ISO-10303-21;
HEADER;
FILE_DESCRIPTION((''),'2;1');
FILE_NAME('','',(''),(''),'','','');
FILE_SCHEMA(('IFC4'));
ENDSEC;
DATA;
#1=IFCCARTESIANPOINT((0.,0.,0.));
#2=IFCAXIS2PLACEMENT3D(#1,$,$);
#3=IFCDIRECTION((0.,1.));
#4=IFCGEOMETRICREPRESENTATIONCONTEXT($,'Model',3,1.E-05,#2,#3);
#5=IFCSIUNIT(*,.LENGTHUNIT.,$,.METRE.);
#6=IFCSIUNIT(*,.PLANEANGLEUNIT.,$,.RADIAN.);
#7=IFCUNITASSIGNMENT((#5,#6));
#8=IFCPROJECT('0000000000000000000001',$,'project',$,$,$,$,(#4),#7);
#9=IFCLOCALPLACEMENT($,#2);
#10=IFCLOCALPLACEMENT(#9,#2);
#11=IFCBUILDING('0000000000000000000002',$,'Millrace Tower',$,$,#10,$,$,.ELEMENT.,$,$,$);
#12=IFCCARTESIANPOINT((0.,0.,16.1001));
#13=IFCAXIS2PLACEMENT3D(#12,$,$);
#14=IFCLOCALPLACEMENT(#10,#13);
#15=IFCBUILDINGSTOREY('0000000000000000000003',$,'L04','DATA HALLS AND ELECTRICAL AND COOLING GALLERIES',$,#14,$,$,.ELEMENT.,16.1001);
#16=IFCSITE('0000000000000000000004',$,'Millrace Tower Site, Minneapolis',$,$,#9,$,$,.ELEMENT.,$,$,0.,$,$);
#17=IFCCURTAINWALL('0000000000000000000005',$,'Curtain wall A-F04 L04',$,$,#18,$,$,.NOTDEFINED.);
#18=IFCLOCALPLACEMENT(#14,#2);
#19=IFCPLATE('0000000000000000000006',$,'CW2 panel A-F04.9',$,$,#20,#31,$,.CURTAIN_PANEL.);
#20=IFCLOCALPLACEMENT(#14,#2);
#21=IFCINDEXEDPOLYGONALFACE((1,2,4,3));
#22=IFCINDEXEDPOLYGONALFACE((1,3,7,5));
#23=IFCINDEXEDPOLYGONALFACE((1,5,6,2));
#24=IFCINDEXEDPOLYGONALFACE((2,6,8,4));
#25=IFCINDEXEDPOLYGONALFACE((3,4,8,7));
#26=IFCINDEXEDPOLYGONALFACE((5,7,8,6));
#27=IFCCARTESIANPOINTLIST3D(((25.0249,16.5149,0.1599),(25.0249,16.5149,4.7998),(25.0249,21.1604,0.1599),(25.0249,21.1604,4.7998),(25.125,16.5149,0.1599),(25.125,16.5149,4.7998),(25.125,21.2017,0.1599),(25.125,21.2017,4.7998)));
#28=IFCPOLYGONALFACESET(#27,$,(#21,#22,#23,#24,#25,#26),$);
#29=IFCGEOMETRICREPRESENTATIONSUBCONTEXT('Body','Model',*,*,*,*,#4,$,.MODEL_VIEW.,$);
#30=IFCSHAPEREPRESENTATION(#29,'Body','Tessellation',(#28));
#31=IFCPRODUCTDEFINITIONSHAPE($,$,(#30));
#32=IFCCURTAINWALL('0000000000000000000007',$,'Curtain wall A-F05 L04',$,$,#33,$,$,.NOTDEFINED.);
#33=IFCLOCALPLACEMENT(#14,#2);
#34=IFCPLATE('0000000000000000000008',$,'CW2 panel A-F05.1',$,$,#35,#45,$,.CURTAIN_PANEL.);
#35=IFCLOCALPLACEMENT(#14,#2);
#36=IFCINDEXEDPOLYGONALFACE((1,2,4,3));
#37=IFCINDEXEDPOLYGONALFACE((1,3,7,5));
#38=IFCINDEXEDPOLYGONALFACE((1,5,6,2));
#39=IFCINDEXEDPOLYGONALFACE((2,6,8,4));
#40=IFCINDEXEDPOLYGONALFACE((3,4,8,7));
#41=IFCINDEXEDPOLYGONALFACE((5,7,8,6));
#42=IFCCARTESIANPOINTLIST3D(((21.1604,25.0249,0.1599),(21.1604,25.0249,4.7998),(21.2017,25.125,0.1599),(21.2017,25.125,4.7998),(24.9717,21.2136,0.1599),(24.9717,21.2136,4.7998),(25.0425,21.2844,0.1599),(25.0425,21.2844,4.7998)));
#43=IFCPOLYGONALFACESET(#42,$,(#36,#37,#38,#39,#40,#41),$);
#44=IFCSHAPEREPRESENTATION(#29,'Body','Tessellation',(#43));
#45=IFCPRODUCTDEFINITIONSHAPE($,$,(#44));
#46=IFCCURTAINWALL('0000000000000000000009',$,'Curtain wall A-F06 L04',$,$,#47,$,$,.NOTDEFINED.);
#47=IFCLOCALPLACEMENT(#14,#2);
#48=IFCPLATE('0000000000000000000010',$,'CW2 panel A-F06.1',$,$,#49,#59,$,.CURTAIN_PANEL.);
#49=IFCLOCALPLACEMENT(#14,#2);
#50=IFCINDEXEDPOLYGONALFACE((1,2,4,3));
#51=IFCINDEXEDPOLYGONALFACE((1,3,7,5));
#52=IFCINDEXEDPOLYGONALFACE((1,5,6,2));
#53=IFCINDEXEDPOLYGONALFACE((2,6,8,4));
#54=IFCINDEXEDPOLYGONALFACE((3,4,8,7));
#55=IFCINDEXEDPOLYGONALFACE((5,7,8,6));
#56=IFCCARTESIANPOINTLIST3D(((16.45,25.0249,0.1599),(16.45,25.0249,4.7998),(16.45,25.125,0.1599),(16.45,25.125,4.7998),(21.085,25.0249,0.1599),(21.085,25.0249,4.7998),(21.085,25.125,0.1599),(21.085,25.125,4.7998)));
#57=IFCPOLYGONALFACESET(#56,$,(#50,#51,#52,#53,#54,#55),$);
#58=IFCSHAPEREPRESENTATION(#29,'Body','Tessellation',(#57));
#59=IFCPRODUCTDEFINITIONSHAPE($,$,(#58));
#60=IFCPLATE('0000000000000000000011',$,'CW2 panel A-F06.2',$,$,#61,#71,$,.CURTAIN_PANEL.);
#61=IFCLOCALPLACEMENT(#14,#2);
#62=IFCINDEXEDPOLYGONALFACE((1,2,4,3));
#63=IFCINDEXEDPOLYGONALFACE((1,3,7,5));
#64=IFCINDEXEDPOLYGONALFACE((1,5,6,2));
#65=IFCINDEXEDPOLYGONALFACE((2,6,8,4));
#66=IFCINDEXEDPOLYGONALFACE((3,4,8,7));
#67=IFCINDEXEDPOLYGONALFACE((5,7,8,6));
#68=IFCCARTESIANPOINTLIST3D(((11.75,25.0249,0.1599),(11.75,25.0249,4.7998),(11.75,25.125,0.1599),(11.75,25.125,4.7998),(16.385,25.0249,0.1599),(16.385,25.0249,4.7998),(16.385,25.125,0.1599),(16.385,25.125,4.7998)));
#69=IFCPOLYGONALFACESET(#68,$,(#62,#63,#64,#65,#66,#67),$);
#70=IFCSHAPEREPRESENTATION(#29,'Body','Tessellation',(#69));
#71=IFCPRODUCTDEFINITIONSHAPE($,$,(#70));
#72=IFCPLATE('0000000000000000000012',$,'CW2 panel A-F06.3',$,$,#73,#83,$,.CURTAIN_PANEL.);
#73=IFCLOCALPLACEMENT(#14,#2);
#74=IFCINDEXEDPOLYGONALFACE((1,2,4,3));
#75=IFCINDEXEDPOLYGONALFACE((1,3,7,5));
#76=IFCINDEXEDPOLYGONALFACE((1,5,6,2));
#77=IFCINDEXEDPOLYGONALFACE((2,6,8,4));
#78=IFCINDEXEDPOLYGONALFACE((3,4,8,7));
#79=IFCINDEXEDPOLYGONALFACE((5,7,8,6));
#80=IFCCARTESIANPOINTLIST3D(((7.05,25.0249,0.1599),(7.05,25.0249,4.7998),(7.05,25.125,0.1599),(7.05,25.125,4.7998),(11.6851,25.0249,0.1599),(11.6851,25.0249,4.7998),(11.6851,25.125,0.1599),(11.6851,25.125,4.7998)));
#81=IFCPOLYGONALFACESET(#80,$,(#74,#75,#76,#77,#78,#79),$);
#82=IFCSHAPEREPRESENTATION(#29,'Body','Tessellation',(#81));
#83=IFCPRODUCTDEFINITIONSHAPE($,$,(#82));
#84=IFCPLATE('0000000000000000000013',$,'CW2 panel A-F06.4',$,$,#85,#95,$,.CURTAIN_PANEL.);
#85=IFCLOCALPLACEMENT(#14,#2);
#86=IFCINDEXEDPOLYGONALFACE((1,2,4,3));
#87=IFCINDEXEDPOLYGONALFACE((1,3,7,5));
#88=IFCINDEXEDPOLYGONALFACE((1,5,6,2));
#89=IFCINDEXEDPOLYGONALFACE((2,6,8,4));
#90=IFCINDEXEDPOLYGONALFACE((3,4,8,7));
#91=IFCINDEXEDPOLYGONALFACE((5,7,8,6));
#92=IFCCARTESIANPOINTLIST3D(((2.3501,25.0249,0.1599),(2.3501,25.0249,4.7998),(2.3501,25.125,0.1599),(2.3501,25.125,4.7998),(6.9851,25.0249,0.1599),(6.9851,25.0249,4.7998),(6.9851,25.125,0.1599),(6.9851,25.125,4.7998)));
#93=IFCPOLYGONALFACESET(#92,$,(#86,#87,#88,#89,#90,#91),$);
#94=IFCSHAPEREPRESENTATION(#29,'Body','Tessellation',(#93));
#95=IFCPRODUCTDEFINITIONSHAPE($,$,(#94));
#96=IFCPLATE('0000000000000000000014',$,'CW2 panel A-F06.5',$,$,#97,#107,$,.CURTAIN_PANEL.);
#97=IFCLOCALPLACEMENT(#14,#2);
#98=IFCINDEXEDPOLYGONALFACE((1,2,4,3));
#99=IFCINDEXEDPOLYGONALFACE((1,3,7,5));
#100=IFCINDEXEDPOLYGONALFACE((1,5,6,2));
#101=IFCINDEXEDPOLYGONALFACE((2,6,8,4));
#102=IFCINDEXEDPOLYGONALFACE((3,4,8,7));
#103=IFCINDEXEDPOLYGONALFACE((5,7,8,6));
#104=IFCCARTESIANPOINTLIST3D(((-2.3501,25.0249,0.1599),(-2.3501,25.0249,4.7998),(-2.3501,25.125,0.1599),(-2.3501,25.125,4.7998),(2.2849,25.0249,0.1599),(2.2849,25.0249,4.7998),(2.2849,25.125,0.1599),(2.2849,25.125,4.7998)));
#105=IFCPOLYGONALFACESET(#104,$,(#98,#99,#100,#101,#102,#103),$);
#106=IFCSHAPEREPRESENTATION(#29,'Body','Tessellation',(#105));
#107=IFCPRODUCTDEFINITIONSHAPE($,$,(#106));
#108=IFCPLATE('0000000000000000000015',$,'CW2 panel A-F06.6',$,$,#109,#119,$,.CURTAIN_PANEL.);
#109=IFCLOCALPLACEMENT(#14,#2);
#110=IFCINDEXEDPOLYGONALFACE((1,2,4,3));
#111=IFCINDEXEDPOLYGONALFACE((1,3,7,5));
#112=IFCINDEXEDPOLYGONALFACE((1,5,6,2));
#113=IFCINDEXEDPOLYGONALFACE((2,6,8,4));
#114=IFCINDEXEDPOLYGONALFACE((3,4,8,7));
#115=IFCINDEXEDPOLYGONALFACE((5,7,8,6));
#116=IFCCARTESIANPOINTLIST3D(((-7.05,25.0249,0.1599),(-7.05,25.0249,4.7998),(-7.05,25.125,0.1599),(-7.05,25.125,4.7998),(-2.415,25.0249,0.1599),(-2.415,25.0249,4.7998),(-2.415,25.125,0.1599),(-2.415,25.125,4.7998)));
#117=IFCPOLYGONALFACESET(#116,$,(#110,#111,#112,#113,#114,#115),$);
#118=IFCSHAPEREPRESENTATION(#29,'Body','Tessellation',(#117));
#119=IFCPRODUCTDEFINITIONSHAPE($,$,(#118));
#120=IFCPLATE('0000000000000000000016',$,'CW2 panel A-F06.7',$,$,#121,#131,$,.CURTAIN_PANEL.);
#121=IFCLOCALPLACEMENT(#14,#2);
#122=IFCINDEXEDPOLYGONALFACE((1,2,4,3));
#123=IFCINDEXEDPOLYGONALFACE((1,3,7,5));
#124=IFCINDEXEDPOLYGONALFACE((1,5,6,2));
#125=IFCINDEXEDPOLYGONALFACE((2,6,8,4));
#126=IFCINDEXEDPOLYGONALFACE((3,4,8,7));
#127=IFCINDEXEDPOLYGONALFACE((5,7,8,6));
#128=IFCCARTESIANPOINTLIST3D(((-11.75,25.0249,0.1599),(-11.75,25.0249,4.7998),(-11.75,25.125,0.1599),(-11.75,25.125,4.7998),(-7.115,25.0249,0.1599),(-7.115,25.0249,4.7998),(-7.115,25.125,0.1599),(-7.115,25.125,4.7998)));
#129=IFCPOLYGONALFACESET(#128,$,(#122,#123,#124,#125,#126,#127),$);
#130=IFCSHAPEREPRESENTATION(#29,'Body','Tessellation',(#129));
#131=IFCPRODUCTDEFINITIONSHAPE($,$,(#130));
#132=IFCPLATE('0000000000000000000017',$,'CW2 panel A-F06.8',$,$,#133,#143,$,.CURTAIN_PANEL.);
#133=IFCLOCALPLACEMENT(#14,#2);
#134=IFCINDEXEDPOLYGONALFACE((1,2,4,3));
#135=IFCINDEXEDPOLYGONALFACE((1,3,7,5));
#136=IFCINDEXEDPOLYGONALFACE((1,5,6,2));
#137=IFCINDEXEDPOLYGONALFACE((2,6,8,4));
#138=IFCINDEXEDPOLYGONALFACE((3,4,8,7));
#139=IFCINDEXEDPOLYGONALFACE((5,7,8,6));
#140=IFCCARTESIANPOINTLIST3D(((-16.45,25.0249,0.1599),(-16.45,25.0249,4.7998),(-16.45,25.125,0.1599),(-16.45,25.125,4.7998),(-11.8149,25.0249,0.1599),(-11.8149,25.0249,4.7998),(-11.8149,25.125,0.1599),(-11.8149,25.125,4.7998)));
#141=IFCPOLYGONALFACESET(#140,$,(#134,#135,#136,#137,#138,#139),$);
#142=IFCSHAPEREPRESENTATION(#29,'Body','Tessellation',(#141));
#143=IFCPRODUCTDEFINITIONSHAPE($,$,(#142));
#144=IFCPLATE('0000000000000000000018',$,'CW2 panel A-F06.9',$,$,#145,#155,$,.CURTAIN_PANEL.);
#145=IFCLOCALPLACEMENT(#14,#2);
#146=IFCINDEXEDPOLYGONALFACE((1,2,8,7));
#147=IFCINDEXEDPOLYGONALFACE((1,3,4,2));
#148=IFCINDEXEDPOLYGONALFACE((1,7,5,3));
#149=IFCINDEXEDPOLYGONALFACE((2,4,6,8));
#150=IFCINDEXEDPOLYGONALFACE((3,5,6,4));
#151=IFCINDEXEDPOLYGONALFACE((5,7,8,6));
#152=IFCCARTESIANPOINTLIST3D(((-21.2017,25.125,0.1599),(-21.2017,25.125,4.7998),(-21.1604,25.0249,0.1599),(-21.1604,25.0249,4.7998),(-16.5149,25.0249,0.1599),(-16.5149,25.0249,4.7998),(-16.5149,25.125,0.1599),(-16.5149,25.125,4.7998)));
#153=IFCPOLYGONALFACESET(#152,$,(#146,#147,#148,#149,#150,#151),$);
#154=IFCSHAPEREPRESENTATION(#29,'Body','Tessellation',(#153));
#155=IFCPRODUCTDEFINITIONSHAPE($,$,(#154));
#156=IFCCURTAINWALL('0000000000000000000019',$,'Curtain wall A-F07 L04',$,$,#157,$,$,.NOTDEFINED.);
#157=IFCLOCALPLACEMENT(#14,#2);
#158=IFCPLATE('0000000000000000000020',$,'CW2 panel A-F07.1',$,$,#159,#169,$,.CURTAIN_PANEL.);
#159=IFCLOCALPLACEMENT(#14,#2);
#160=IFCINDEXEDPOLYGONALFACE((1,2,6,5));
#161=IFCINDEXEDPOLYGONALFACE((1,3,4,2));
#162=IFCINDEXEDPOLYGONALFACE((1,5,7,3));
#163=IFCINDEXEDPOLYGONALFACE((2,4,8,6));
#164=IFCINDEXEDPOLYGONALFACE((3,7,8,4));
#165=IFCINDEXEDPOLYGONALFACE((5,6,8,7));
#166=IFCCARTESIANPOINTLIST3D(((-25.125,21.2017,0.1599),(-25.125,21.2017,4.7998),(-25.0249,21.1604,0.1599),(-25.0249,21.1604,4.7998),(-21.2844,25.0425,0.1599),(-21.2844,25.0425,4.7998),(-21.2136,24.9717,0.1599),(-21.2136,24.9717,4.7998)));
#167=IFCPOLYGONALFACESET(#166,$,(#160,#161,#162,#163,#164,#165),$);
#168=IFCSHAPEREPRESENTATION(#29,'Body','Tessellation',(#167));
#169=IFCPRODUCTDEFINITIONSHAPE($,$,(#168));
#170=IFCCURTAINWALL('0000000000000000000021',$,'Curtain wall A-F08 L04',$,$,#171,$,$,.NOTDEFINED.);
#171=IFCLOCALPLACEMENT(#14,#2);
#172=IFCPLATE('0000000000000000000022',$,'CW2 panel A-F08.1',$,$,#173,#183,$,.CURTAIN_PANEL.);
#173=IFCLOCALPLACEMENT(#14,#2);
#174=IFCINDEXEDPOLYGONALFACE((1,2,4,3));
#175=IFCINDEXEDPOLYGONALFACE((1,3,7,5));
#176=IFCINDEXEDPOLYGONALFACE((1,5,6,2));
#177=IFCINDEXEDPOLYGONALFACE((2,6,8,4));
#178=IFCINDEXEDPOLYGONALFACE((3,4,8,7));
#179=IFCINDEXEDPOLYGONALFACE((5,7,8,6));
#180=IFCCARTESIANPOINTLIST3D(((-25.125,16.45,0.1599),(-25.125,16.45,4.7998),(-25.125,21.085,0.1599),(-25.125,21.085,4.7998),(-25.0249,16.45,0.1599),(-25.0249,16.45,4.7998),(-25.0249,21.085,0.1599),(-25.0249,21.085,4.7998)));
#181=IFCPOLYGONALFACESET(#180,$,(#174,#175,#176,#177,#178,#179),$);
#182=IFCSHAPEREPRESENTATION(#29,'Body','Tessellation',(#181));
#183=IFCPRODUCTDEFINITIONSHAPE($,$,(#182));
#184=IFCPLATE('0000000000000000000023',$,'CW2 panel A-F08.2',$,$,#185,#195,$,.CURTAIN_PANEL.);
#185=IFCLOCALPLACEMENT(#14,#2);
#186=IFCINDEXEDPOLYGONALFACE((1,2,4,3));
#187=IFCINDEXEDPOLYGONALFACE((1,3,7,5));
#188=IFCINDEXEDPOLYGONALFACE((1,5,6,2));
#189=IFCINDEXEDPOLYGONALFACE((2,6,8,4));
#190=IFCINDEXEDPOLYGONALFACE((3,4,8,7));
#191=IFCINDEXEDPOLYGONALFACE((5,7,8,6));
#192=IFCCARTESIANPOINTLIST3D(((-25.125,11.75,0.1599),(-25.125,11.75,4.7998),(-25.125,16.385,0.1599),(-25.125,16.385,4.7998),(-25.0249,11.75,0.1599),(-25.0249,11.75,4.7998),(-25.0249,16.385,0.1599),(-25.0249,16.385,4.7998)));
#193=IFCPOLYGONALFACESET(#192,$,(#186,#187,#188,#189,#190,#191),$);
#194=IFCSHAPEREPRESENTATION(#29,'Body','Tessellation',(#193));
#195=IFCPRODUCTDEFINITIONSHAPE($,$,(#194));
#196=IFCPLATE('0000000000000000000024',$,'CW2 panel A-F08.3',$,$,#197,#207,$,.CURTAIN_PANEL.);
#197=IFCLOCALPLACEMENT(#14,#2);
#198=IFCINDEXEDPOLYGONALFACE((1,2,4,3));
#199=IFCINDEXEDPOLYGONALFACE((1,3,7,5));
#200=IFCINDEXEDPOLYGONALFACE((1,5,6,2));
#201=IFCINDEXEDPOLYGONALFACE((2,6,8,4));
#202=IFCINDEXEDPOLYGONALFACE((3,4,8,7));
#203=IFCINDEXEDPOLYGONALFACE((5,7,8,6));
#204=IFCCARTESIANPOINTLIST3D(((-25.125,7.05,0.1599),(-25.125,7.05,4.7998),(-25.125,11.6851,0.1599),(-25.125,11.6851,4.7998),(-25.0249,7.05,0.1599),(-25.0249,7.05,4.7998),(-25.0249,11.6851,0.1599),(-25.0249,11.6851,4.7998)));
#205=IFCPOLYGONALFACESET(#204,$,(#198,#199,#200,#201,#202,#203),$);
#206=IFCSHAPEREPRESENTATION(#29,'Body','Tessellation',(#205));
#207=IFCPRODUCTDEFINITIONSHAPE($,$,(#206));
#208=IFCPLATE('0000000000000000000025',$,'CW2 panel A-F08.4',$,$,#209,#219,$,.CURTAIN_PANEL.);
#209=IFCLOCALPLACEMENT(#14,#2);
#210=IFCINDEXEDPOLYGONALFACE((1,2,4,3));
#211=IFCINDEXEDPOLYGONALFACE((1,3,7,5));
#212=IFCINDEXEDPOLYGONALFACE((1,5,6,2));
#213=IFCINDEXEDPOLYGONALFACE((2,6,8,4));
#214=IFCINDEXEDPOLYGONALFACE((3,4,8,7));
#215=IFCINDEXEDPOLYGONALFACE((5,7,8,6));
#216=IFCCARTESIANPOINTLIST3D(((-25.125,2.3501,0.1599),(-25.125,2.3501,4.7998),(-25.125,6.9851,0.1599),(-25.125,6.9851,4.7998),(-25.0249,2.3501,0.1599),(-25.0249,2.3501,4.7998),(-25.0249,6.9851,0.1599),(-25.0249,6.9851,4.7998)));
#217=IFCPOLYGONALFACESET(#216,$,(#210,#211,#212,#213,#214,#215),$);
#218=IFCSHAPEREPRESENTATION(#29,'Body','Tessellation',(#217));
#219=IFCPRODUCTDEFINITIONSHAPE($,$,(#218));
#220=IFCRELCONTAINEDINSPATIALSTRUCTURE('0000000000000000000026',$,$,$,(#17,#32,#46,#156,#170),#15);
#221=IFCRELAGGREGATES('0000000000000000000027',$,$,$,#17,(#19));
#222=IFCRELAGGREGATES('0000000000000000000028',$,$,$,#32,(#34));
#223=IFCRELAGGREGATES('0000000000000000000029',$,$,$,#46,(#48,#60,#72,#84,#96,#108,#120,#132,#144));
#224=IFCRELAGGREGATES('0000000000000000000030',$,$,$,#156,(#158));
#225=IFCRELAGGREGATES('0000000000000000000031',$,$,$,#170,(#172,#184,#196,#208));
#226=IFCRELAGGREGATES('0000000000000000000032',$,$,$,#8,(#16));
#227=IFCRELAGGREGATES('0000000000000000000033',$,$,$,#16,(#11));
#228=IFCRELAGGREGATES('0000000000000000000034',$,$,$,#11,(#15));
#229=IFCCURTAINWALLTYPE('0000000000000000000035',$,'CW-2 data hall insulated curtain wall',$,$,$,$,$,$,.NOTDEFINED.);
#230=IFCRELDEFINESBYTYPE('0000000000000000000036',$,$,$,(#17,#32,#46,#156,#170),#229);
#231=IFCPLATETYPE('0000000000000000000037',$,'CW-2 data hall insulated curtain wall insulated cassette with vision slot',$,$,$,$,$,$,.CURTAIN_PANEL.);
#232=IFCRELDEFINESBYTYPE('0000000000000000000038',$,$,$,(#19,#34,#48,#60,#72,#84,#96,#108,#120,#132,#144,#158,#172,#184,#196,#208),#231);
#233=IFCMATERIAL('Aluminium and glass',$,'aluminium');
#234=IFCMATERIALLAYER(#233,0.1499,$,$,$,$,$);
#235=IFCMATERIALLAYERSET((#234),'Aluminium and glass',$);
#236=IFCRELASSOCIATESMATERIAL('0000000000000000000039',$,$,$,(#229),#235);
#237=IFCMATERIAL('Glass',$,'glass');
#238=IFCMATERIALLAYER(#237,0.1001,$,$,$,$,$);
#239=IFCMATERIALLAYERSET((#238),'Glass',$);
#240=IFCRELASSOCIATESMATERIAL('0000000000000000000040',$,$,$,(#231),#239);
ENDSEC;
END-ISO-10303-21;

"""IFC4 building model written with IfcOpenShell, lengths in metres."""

from ifc_helpers import new_model, si_unit, direction, frame, origin, place, context, subcontext, project, spatial, polyline, outline, extrude, material, layer, layer_set, type_object, element, aggregate, save


model = new_model("IFC4")

# Units and contexts
model_context = context("Model", 3, precision=1e-05, world=origin(), true_north=direction((0.0, 1.0)))
body_context = subcontext(model_context, "Body", "Model", "MODEL_VIEW")
ifc_project = project(units=[si_unit("LENGTHUNIT", "METRE"), si_unit("PLANEANGLEUNIT", "RADIAN")], contexts=[model_context])

# Site, building, storey
site_placement = place(None, origin())
site = spatial("IfcSite", under=ifc_project, at=site_placement, Name="Millrace Tower Site, Minneapolis", CompositionType="ELEMENT", RefElevation=0.0)
building_placement = place(site_placement, origin())
building = spatial("IfcBuilding", under=site, at=building_placement, Name="Millrace Tower", CompositionType="ELEMENT")
storey_placement = place(building_placement, frame((0.0, 0.0, 16.1001)))
storey = spatial("IfcBuildingStorey", under=building, at=storey_placement, Name="L04", Description="DATA HALLS AND ELECTRICAL AND COOLING GALLERIES", CompositionType="ELEMENT", Elevation=16.1001)

# Curtain walls, plates
ifc_material_1 = material(Name="Aluminium and glass", Category="aluminium")
ifc_layer_1 = layer(ifc_material_1, 0.1499)
ifc_layer_set_1 = layer_set([ifc_layer_1], Name="Aluminium and glass")
curtain_wall_type = type_object("IfcCurtainWallType", Name="CW-2 data hall insulated curtain wall", PredefinedType="NOTDEFINED", material=ifc_layer_set_1)
placement_1 = place(storey_placement, origin())
curtain_wall_1 = element("IfcCurtainWall", 1, at=placement_1, inside=storey, type_object=curtain_wall_type, Name="Curtain wall A-F04 L04", PredefinedType="NOTDEFINED")
ifc_material_2 = material(Name="Glass", Category="glass")
ifc_layer_2 = layer(ifc_material_2, 0.1001)
ifc_layer_set_2 = layer_set([ifc_layer_2], Name="Glass")
plate_type = type_object("IfcPlateType", Name="CW-2 data hall insulated curtain wall insulated cassette with vision slot", PredefinedType="CURTAIN_PANEL", material=ifc_layer_set_2)
placement_2 = place(storey_placement, frame((0.0, 0.0, 0.1599)))
plate_1 = element("IfcPlate", 2, at=placement_2, type_object=plate_type, Name="CW2 panel A-F04.9", PredefinedType="CURTAIN_PANEL", context=body_context, shape_type="SweptSolid", body=[
    extrude(outline(polyline([(25.125, 16.5149), (25.125, 21.2017), (25.0249, 21.1604), (25.0249, 16.5149), (25.125, 16.5149)])), origin(), (0.0, 0.0, 1.0), 4.6399),
])
aggregate(curtain_wall_1, [plate_1])
curtain_wall_2 = element("IfcCurtainWall", 3, at=placement_1, inside=storey, type_object=curtain_wall_type, Name="Curtain wall A-F05 L04", PredefinedType="NOTDEFINED")
plate_2 = element("IfcPlate", 4, at=placement_2, type_object=plate_type, Name="CW2 panel A-F05.1", PredefinedType="CURTAIN_PANEL", context=body_context, shape_type="SweptSolid", body=[
    extrude(outline(polyline([(25.0425, 21.2844), (21.2017, 25.125), (21.1604, 25.0249), (24.9717, 21.2136), (25.0425, 21.2844)])), origin(), (0.0, 0.0, 1.0), 4.6399),
])
aggregate(curtain_wall_2, [plate_2])

# Curtain wall, plates
curtain_wall_3 = element("IfcCurtainWall", 5, at=placement_1, inside=storey, type_object=curtain_wall_type, Name="Curtain wall A-F06 L04", PredefinedType="NOTDEFINED")
plate_3 = element("IfcPlate", 6, at=placement_2, type_object=plate_type, Name="CW2 panel A-F06.1", PredefinedType="CURTAIN_PANEL", context=body_context, shape_type="SweptSolid", body=[
    extrude(outline(polyline([(21.085, 25.125), (16.45, 25.125), (16.45, 25.0249), (21.085, 25.0249), (21.085, 25.125)])), origin(), (0.0, 0.0, 1.0), 4.6399),
])
plate_4 = element("IfcPlate", 7, at=placement_2, type_object=plate_type, Name="CW2 panel A-F06.2", PredefinedType="CURTAIN_PANEL", context=body_context, shape_type="SweptSolid", body=[
    extrude(outline(polyline([(16.385, 25.125), (11.75, 25.125), (11.75, 25.0249), (16.385, 25.0249), (16.385, 25.125)])), origin(), (0.0, 0.0, 1.0), 4.6399),
])
plate_5 = element("IfcPlate", 8, at=placement_2, type_object=plate_type, Name="CW2 panel A-F06.3", PredefinedType="CURTAIN_PANEL", context=body_context, shape_type="SweptSolid", body=[
    extrude(outline(polyline([(11.6851, 25.125), (7.05, 25.125), (7.05, 25.0249), (11.6851, 25.0249), (11.6851, 25.125)])), origin(), (0.0, 0.0, 1.0), 4.6399),
])
plate_6 = element("IfcPlate", 9, at=placement_2, type_object=plate_type, Name="CW2 panel A-F06.4", PredefinedType="CURTAIN_PANEL", context=body_context, shape_type="SweptSolid", body=[
    extrude(outline(polyline([(6.9851, 25.125), (2.3501, 25.125), (2.3501, 25.0249), (6.9851, 25.0249), (6.9851, 25.125)])), origin(), (0.0, 0.0, 1.0), 4.6399),
])
plate_7 = element("IfcPlate", 10, at=placement_2, type_object=plate_type, Name="CW2 panel A-F06.5", PredefinedType="CURTAIN_PANEL", context=body_context, shape_type="SweptSolid", body=[
    extrude(outline(polyline([(2.2849, 25.125), (-2.3501, 25.125), (-2.3501, 25.0249), (2.2849, 25.0249), (2.2849, 25.125)])), origin(), (0.0, 0.0, 1.0), 4.6399),
])
plate_8 = element("IfcPlate", 11, at=placement_2, type_object=plate_type, Name="CW2 panel A-F06.6", PredefinedType="CURTAIN_PANEL", context=body_context, shape_type="SweptSolid", body=[
    extrude(outline(polyline([(-2.415, 25.125), (-7.05, 25.125), (-7.05, 25.0249), (-2.415, 25.0249), (-2.415, 25.125)])), origin(), (0.0, 0.0, 1.0), 4.6399),
])
plate_9 = element("IfcPlate", 12, at=placement_2, type_object=plate_type, Name="CW2 panel A-F06.7", PredefinedType="CURTAIN_PANEL", context=body_context, shape_type="SweptSolid", body=[
    extrude(outline(polyline([(-7.115, 25.125), (-11.75, 25.125), (-11.75, 25.0249), (-7.115, 25.0249), (-7.115, 25.125)])), origin(), (0.0, 0.0, 1.0), 4.6399),
])
plate_10 = element("IfcPlate", 13, at=placement_2, type_object=plate_type, Name="CW2 panel A-F06.8", PredefinedType="CURTAIN_PANEL", context=body_context, shape_type="SweptSolid", body=[
    extrude(outline(polyline([(-11.8149, 25.125), (-16.45, 25.125), (-16.45, 25.0249), (-11.8149, 25.0249), (-11.8149, 25.125)])), origin(), (0.0, 0.0, 1.0), 4.6399),
])
plate_11 = element("IfcPlate", 14, at=placement_2, type_object=plate_type, Name="CW2 panel A-F06.9", PredefinedType="CURTAIN_PANEL", context=body_context, shape_type="SweptSolid", body=[
    extrude(outline(polyline([(-16.5149, 25.125), (-21.2017, 25.125), (-21.1604, 25.0249), (-16.5149, 25.0249), (-16.5149, 25.125)])), origin(), (0.0, 0.0, 1.0), 4.6399),
])
aggregate(curtain_wall_3, [plate_3, plate_4, plate_5, plate_6, plate_7, plate_8, plate_9, plate_10, plate_11])

# Curtain wall, plate
curtain_wall_4 = element("IfcCurtainWall", 15, at=placement_1, inside=storey, type_object=curtain_wall_type, Name="Curtain wall A-F07 L04", PredefinedType="NOTDEFINED")
plate_12 = element("IfcPlate", 16, at=placement_2, type_object=plate_type, Name="CW2 panel A-F07.1", PredefinedType="CURTAIN_PANEL", context=body_context, shape_type="SweptSolid", body=[
    extrude(outline(polyline([(-21.2844, 25.0425), (-25.125, 21.2017), (-25.0249, 21.1604), (-21.2136, 24.9717), (-21.2844, 25.0425)])), origin(), (0.0, 0.0, 1.0), 4.6399),
])
aggregate(curtain_wall_4, [plate_12])

# Curtain wall, plates
curtain_wall_5 = element("IfcCurtainWall", 17, at=placement_1, inside=storey, type_object=curtain_wall_type, Name="Curtain wall A-F08 L04", PredefinedType="NOTDEFINED")
plate_13 = element("IfcPlate", 18, at=placement_2, type_object=plate_type, Name="CW2 panel A-F08.1", PredefinedType="CURTAIN_PANEL", context=body_context, shape_type="SweptSolid", body=[
    extrude(outline(polyline([(-25.125, 21.085), (-25.125, 16.45), (-25.0249, 16.45), (-25.0249, 21.085), (-25.125, 21.085)])), origin(), (0.0, 0.0, 1.0), 4.6399),
])
plate_14 = element("IfcPlate", 19, at=placement_2, type_object=plate_type, Name="CW2 panel A-F08.2", PredefinedType="CURTAIN_PANEL", context=body_context, shape_type="SweptSolid", body=[
    extrude(outline(polyline([(-25.125, 16.385), (-25.125, 11.75), (-25.0249, 11.75), (-25.0249, 16.385), (-25.125, 16.385)])), origin(), (0.0, 0.0, 1.0), 4.6399),
])
plate_15 = element("IfcPlate", 20, at=placement_2, type_object=plate_type, Name="CW2 panel A-F08.3", PredefinedType="CURTAIN_PANEL", context=body_context, shape_type="SweptSolid", body=[
    extrude(outline(polyline([(-25.125, 11.6851), (-25.125, 7.05), (-25.0249, 7.05), (-25.0249, 11.6851), (-25.125, 11.6851)])), origin(), (0.0, 0.0, 1.0), 4.6399),
])
plate_16 = element("IfcPlate", 21, at=placement_2, type_object=plate_type, Name="CW2 panel A-F08.4", PredefinedType="CURTAIN_PANEL", context=body_context, shape_type="SweptSolid", body=[
    extrude(outline(polyline([(-25.125, 6.9851), (-25.125, 2.3501), (-25.0249, 2.3501), (-25.0249, 6.9851), (-25.125, 6.9851)])), origin(), (0.0, 0.0, 1.0), 4.6399),
])
aggregate(curtain_wall_5, [plate_13, plate_14, plate_15, plate_16])

save(model, "model.ifc")
